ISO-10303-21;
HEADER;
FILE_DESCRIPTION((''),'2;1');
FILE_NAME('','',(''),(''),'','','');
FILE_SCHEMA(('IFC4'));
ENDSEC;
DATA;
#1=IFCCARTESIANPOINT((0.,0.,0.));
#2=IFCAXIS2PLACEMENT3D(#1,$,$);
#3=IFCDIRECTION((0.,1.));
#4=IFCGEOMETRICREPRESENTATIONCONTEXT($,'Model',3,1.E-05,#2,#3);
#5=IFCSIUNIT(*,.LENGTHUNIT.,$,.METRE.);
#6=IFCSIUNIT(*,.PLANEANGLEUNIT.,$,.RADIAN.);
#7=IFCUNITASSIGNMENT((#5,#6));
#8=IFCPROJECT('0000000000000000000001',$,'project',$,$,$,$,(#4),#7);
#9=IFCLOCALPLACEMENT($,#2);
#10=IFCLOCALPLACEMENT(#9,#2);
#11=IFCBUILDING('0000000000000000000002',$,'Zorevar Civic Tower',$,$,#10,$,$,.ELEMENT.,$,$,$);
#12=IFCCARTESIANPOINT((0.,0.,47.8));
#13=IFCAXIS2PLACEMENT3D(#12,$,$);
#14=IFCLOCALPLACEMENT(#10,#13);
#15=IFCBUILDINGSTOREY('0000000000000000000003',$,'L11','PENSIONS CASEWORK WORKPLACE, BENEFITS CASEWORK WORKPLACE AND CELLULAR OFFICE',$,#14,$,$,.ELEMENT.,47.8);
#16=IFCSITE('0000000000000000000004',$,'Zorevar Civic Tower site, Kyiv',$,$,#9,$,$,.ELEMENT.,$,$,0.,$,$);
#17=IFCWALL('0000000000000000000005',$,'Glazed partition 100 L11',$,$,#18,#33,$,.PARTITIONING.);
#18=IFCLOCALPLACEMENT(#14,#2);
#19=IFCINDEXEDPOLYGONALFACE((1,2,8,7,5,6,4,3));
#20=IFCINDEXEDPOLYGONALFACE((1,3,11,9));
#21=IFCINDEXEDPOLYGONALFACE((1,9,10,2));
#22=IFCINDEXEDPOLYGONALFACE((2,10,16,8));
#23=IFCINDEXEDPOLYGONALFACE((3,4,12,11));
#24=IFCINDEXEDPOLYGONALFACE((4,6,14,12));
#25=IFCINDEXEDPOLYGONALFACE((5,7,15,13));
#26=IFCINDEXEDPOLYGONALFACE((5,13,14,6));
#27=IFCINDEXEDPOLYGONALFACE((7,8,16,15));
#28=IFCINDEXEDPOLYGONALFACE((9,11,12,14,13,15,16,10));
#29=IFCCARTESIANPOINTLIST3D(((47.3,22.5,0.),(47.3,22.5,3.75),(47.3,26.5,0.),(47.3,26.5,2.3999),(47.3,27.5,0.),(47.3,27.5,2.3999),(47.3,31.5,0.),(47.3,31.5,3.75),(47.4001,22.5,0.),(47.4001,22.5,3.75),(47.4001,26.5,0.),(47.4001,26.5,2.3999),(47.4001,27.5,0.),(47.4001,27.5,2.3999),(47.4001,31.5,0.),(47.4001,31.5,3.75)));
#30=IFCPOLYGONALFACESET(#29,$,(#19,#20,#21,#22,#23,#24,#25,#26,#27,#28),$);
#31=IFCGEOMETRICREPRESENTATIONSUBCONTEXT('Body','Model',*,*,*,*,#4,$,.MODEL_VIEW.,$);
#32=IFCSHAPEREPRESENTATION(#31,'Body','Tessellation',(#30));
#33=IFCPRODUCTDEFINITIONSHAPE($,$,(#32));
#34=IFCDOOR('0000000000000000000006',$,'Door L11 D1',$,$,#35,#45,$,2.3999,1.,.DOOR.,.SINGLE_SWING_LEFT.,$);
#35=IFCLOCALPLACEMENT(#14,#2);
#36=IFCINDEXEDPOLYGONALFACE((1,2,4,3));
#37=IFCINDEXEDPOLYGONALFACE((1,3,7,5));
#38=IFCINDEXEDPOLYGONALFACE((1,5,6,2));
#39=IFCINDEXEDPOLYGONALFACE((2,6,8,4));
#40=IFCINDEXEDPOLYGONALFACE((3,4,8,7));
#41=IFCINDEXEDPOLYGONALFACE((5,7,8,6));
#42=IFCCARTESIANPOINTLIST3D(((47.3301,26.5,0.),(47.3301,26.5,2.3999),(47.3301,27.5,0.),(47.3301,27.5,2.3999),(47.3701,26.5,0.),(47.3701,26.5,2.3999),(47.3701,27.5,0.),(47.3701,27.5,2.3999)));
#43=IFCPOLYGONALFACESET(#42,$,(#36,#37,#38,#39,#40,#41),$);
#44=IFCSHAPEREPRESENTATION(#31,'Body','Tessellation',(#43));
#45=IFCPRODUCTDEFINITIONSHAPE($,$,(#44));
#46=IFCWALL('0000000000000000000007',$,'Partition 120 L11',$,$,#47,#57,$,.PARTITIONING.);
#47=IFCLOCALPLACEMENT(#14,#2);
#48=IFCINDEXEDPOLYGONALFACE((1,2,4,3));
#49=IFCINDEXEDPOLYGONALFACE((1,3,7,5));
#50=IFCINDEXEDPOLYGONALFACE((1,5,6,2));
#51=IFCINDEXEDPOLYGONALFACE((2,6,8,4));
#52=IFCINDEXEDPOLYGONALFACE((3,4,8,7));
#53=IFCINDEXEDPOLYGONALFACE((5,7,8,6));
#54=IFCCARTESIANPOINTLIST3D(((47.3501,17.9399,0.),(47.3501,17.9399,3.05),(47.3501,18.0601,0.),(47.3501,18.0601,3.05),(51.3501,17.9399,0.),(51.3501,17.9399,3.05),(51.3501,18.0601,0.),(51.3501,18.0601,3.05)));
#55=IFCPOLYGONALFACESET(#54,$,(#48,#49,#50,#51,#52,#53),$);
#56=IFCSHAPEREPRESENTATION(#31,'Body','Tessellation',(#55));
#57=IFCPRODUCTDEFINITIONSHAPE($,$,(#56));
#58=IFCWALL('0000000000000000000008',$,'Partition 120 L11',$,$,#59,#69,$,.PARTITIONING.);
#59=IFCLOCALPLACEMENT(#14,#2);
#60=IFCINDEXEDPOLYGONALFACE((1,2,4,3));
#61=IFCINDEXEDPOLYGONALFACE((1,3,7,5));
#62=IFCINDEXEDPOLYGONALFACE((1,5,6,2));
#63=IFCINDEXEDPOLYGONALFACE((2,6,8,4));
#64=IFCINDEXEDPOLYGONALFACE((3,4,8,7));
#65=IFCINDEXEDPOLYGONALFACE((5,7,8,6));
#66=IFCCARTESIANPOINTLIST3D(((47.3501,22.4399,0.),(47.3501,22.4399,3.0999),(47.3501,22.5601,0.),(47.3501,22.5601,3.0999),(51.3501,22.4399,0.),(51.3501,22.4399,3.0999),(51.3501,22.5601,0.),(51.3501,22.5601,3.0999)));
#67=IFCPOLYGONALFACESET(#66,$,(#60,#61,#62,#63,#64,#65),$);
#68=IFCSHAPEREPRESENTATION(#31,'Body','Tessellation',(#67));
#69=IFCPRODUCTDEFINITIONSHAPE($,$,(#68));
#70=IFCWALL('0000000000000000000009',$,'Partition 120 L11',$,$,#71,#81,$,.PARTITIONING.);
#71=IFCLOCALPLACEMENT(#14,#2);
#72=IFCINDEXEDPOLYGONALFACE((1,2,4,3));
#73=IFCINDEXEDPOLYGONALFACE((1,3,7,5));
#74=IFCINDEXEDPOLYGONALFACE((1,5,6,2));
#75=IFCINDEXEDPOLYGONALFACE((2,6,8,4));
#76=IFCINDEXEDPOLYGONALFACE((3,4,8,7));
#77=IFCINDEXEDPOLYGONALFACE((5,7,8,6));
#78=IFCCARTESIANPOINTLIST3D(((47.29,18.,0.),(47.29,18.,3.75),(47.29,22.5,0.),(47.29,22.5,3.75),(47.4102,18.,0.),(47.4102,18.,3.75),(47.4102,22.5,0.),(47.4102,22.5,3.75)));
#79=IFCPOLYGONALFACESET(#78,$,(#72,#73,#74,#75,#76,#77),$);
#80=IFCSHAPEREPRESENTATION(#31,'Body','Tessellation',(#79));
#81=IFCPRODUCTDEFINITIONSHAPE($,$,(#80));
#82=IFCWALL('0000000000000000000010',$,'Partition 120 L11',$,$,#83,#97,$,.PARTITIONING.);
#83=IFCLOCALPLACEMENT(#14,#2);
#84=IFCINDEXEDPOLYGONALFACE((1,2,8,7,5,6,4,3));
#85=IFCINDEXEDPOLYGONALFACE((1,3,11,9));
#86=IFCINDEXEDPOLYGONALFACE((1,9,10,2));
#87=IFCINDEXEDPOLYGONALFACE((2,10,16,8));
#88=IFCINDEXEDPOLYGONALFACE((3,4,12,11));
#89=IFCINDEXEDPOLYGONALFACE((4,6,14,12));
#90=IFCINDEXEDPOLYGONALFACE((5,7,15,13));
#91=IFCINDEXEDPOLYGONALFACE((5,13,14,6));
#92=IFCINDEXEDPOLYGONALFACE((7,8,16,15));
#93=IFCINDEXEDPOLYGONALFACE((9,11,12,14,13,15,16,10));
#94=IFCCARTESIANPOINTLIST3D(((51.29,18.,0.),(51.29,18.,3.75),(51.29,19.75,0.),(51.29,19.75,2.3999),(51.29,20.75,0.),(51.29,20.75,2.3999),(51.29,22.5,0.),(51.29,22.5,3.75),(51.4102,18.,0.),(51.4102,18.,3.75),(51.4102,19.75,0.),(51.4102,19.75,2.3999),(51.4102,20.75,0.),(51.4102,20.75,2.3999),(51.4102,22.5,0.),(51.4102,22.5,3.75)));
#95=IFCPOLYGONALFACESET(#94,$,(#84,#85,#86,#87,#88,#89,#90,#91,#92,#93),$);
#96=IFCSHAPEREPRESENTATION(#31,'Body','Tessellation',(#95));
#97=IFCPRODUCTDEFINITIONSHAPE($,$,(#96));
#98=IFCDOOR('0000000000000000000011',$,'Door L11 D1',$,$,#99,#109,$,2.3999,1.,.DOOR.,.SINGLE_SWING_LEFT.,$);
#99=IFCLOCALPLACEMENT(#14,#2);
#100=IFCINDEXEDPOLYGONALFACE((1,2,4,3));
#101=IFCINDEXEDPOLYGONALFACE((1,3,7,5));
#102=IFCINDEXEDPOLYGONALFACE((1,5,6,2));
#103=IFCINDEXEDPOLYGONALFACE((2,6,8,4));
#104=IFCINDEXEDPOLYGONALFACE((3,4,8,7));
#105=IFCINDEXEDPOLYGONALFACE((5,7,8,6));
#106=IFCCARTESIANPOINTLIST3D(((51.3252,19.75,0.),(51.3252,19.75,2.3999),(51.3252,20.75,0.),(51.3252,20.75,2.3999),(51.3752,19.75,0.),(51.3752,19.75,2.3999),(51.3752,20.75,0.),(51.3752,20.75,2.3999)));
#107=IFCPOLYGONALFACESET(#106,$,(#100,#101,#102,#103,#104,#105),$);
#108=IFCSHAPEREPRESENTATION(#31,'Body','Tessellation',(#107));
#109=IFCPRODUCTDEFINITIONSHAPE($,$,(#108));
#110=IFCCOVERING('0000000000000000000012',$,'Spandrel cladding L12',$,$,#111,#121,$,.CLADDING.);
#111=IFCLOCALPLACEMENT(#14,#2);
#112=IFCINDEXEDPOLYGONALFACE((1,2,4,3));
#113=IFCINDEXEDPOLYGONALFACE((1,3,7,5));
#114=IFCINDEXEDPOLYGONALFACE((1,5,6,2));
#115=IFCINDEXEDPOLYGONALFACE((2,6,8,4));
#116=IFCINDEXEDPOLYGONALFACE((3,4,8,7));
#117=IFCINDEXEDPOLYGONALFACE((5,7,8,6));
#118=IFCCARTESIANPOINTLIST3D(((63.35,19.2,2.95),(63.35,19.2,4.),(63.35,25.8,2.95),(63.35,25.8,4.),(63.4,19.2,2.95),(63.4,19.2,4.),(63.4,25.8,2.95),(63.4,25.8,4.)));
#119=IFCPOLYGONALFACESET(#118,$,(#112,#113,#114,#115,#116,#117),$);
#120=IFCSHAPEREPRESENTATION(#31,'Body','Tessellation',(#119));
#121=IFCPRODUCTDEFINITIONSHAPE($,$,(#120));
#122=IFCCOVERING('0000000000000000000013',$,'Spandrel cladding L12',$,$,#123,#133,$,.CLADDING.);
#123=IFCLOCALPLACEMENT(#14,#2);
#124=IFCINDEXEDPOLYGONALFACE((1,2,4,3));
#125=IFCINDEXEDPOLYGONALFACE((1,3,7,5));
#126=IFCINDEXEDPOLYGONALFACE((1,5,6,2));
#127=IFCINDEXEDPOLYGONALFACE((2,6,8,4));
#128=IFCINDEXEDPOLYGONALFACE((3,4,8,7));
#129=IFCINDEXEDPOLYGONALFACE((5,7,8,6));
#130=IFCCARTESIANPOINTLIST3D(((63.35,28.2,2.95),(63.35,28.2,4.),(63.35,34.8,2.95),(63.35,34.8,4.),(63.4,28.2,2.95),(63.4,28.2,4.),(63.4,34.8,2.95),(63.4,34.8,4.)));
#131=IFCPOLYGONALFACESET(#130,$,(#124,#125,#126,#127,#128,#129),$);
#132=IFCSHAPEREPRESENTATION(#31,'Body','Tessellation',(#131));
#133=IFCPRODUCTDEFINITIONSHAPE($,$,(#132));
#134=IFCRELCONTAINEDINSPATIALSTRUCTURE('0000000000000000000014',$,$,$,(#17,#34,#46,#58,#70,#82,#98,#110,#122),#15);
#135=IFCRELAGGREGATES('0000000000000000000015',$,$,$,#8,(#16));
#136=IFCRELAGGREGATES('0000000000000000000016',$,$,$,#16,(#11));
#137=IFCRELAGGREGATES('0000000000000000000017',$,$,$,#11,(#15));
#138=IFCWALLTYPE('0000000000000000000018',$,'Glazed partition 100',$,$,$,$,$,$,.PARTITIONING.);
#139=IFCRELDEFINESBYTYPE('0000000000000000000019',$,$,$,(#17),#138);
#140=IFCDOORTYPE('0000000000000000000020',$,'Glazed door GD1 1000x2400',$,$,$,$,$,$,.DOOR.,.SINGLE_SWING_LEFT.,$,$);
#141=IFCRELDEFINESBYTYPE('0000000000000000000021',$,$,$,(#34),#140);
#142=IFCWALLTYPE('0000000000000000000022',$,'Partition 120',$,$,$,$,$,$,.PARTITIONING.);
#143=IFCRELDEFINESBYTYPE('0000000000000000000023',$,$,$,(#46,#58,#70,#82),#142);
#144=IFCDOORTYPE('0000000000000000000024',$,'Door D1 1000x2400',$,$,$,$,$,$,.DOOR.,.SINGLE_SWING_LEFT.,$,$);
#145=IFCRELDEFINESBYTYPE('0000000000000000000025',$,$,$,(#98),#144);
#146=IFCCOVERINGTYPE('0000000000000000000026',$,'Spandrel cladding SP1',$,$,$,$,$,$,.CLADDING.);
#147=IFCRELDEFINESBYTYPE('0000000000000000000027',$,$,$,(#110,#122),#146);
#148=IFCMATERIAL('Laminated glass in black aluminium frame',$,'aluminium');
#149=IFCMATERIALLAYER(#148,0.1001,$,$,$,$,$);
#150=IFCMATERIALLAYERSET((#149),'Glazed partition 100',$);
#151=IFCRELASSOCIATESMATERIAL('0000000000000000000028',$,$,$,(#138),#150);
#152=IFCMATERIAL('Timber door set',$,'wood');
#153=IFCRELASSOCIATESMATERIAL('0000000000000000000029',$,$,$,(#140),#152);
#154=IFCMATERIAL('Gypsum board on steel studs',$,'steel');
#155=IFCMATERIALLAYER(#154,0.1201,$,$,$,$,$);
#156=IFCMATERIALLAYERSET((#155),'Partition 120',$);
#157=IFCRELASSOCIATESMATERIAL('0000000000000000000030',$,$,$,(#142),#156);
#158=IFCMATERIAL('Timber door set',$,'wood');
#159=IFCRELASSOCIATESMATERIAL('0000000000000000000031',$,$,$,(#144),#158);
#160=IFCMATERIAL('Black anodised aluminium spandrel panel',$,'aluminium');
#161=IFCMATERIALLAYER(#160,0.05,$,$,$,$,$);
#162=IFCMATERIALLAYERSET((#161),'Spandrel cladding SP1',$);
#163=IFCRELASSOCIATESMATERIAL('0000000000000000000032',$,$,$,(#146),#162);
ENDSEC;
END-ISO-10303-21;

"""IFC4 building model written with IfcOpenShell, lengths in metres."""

from ifc_helpers import new_model, si_unit, direction, frame, frame_2d, origin, place, context, subcontext, project, spatial, rectangle, extrude, material, layer, layer_set, type_object, element, fill, save


model = new_model("IFC4")

# Units and contexts
model_context = context("Model", 3, precision=1e-05, world=origin(), true_north=direction((0.0, 1.0)))
body_context = subcontext(model_context, "Body", "Model", "MODEL_VIEW")
ifc_project = project(units=[si_unit("LENGTHUNIT", "METRE"), si_unit("PLANEANGLEUNIT", "RADIAN")], contexts=[model_context])

# Site, building, storey
site_placement = place(None, origin())
site = spatial("IfcSite", under=ifc_project, at=site_placement, Name="Zorevar Civic Tower site, Kyiv", CompositionType="ELEMENT", RefElevation=0.0)
building_placement = place(site_placement, origin())
building = spatial("IfcBuilding", under=site, at=building_placement, Name="Zorevar Civic Tower", CompositionType="ELEMENT")
storey_placement = place(building_placement, frame((0.0, 0.0, 47.8)))
storey = spatial("IfcBuildingStorey", under=building, at=storey_placement, Name="L11", Description="PENSIONS CASEWORK WORKPLACE, BENEFITS CASEWORK WORKPLACE AND CELLULAR OFFICE", CompositionType="ELEMENT", Elevation=47.8)

# Shared definitions
ifc_material_1 = material(Name="Laminated glass in black aluminium frame", Category="aluminium")
ifc_layer_1 = layer(ifc_material_1, 0.1001)
ifc_layer_set_1 = layer_set([ifc_layer_1], Name="Glazed partition 100")
wall_type_1 = type_object("IfcWallType", Name="Glazed partition 100", PredefinedType="PARTITIONING", material=ifc_layer_set_1)

# Wall, opening, door
wall_1_placement = place(storey_placement, frame((47.3501, 22.5, 0.0), z_axis=(0.0, 0.0, 1.0), x_axis=(0.0, 1.0, 0.0)))
wall_1 = element("IfcWall", 1, at=wall_1_placement, inside=storey, type_object=wall_type_1, Name="Glazed partition 100 L11", PredefinedType="PARTITIONING", context=body_context, shape_type="SweptSolid", body=[
    extrude(rectangle(XDim=9.0, YDim=0.1001, at=frame_2d((4.5, 0.0))), origin(), (0.0, 0.0, 1.0), 3.75),
])
opening_1_placement = place(wall_1_placement, frame((4.0, 0.0, 0.0)))
opening_1 = element("IfcOpeningElement", 2, at=opening_1_placement, cuts=wall_1, PredefinedType="OPENING", context=body_context, shape_type="SweptSolid", body=[
    extrude(rectangle(XDim=1.0, YDim=2.3999, at=frame_2d((0.5, 1.2))), frame((0.0, 0.0601, 0.0), z_axis=(0.0, -1.0, 0.0), x_axis=(1.0, 0.0, 0.0)), (0.0, 0.0, 1.0), 0.1201),
])
ifc_material_2 = material(Name="Timber door set", Category="wood")
door_type_1 = type_object("IfcDoorType", Name="Glazed door GD1 1000x2400", OperationType="SINGLE_SWING_LEFT", PredefinedType="DOOR", material=ifc_material_2)
door_1_placement = place(opening_1_placement, origin())
door_1 = element("IfcDoor", 3, at=door_1_placement, inside=storey, type_object=door_type_1, Name="Door L11 D1", OperationType="SINGLE_SWING_LEFT", OverallHeight=2.3999, OverallWidth=1.0, PredefinedType="DOOR", context=body_context, shape_type="SweptSolid", body=[
    extrude(rectangle(XDim=1.0, YDim=2.3999, at=frame_2d((0.5, 1.2))), frame((0.0, 0.02, 0.0), z_axis=(0.0, -1.0, 0.0), x_axis=(1.0, 0.0, 0.0)), (0.0, 0.0, 1.0), 0.04),
])
fill(opening_1, door_1)

# Walls
ifc_material_3 = material(Name="Gypsum board on steel studs", Category="steel")
ifc_layer_2 = layer(ifc_material_3, 0.1201)
ifc_layer_set_2 = layer_set([ifc_layer_2], Name="Partition 120")
wall_type_2 = type_object("IfcWallType", Name="Partition 120", PredefinedType="PARTITIONING", material=ifc_layer_set_2)
wall_2_placement = place(storey_placement, frame((47.3501, 18.0, 0.0), z_axis=(0.0, 0.0, 1.0), x_axis=(1.0, 0.0, 0.0)))
element("IfcWall", 4, at=wall_2_placement, inside=storey, type_object=wall_type_2, Name="Partition 120 L11", PredefinedType="PARTITIONING", context=body_context, shape_type="SweptSolid", body=[
    extrude(rectangle(XDim=4.0, YDim=0.1201, at=frame_2d((2.0, 0.0))), origin(), (0.0, 0.0, 1.0), 3.05),
])
wall_3_placement = place(storey_placement, frame((47.3501, 22.5, 0.0), z_axis=(0.0, 0.0, 1.0), x_axis=(1.0, 0.0, 0.0)))
element("IfcWall", 5, at=wall_3_placement, inside=storey, type_object=wall_type_2, Name="Partition 120 L11", PredefinedType="PARTITIONING", context=body_context, shape_type="SweptSolid", body=[
    extrude(rectangle(XDim=4.0, YDim=0.1201, at=frame_2d((2.0, 0.0))), origin(), (0.0, 0.0, 1.0), 3.0999),
])
wall_4_placement = place(storey_placement, frame((47.3501, 18.0, 0.0), z_axis=(0.0, 0.0, 1.0), x_axis=(0.0, 1.0, 0.0)))
element("IfcWall", 6, at=wall_4_placement, inside=storey, type_object=wall_type_2, Name="Partition 120 L11", PredefinedType="PARTITIONING", context=body_context, shape_type="SweptSolid", body=[
    extrude(rectangle(XDim=4.5, YDim=0.1201, at=frame_2d((2.25, 0.0))), origin(), (0.0, 0.0, 1.0), 3.75),
])

# Wall, opening, door
wall_5_placement = place(storey_placement, frame((51.3501, 18.0, 0.0), z_axis=(0.0, 0.0, 1.0), x_axis=(0.0, 1.0, 0.0)))
wall_5 = element("IfcWall", 7, at=wall_5_placement, inside=storey, type_object=wall_type_2, Name="Partition 120 L11", PredefinedType="PARTITIONING", context=body_context, shape_type="SweptSolid", body=[
    extrude(rectangle(XDim=4.5, YDim=0.1201, at=frame_2d((2.25, 0.0))), origin(), (0.0, 0.0, 1.0), 3.75),
])
opening_2_placement = place(wall_5_placement, frame((1.75, 0.0, 0.0)))
opening_2 = element("IfcOpeningElement", 8, at=opening_2_placement, cuts=wall_5, PredefinedType="OPENING", context=body_context, shape_type="SweptSolid", body=[
    extrude(rectangle(XDim=1.0, YDim=2.3999, at=frame_2d((0.5, 1.2))), frame((0.0, 0.0701, 0.0), z_axis=(0.0, -1.0, 0.0), x_axis=(1.0, 0.0, 0.0)), (0.0, 0.0, 1.0), 0.1401),
])
ifc_material_4 = material(Name="Timber door set", Category="wood")
door_type_2 = type_object("IfcDoorType", Name="Door D1 1000x2400", OperationType="SINGLE_SWING_LEFT", PredefinedType="DOOR", material=ifc_material_4)
door_2_placement = place(opening_2_placement, origin())
door_2 = element("IfcDoor", 9, at=door_2_placement, inside=storey, type_object=door_type_2, Name="Door L11 D1", OperationType="SINGLE_SWING_LEFT", OverallHeight=2.3999, OverallWidth=1.0, PredefinedType="DOOR", context=body_context, shape_type="SweptSolid", body=[
    extrude(rectangle(XDim=1.0, YDim=2.3999, at=frame_2d((0.5, 1.2))), frame((0.0, 0.0249, 0.0), z_axis=(0.0, -1.0, 0.0), x_axis=(1.0, 0.0, 0.0)), (0.0, 0.0, 1.0), 0.05),
])
fill(opening_2, door_2)

# Coverings
ifc_material_5 = material(Name="Black anodised aluminium spandrel panel", Category="aluminium")
ifc_layer_3 = layer(ifc_material_5, 0.05)
ifc_layer_set_3 = layer_set([ifc_layer_3], Name="Spandrel cladding SP1")
covering_type = type_object("IfcCoveringType", Name="Spandrel cladding SP1", PredefinedType="CLADDING", material=ifc_layer_set_3)
for number, where, z_axis, x_axis, name in (
    (10, (63.375, 19.2, 2.95), (0.0, 0.0, 1.0), (0.0, 1.0, 0.0), "Spandrel cladding L12"),
    (11, (63.375, 28.2, 2.95), (0.0, 0.0, 1.0), (0.0, 1.0, 0.0), "Spandrel cladding L12"),
):
    element("IfcCovering", number, at=place(storey_placement, frame(where, z_axis=z_axis, x_axis=x_axis)), inside=storey, type_object=covering_type, Name=name, PredefinedType="CLADDING", context=body_context, shape_type="SweptSolid", body=[
        extrude(rectangle(XDim=6.6001, YDim=0.05, at=frame_2d((3.3, 0.0))), origin(), (0.0, 0.0, 1.0), 1.05),
    ])

save(model, "model.ifc")
